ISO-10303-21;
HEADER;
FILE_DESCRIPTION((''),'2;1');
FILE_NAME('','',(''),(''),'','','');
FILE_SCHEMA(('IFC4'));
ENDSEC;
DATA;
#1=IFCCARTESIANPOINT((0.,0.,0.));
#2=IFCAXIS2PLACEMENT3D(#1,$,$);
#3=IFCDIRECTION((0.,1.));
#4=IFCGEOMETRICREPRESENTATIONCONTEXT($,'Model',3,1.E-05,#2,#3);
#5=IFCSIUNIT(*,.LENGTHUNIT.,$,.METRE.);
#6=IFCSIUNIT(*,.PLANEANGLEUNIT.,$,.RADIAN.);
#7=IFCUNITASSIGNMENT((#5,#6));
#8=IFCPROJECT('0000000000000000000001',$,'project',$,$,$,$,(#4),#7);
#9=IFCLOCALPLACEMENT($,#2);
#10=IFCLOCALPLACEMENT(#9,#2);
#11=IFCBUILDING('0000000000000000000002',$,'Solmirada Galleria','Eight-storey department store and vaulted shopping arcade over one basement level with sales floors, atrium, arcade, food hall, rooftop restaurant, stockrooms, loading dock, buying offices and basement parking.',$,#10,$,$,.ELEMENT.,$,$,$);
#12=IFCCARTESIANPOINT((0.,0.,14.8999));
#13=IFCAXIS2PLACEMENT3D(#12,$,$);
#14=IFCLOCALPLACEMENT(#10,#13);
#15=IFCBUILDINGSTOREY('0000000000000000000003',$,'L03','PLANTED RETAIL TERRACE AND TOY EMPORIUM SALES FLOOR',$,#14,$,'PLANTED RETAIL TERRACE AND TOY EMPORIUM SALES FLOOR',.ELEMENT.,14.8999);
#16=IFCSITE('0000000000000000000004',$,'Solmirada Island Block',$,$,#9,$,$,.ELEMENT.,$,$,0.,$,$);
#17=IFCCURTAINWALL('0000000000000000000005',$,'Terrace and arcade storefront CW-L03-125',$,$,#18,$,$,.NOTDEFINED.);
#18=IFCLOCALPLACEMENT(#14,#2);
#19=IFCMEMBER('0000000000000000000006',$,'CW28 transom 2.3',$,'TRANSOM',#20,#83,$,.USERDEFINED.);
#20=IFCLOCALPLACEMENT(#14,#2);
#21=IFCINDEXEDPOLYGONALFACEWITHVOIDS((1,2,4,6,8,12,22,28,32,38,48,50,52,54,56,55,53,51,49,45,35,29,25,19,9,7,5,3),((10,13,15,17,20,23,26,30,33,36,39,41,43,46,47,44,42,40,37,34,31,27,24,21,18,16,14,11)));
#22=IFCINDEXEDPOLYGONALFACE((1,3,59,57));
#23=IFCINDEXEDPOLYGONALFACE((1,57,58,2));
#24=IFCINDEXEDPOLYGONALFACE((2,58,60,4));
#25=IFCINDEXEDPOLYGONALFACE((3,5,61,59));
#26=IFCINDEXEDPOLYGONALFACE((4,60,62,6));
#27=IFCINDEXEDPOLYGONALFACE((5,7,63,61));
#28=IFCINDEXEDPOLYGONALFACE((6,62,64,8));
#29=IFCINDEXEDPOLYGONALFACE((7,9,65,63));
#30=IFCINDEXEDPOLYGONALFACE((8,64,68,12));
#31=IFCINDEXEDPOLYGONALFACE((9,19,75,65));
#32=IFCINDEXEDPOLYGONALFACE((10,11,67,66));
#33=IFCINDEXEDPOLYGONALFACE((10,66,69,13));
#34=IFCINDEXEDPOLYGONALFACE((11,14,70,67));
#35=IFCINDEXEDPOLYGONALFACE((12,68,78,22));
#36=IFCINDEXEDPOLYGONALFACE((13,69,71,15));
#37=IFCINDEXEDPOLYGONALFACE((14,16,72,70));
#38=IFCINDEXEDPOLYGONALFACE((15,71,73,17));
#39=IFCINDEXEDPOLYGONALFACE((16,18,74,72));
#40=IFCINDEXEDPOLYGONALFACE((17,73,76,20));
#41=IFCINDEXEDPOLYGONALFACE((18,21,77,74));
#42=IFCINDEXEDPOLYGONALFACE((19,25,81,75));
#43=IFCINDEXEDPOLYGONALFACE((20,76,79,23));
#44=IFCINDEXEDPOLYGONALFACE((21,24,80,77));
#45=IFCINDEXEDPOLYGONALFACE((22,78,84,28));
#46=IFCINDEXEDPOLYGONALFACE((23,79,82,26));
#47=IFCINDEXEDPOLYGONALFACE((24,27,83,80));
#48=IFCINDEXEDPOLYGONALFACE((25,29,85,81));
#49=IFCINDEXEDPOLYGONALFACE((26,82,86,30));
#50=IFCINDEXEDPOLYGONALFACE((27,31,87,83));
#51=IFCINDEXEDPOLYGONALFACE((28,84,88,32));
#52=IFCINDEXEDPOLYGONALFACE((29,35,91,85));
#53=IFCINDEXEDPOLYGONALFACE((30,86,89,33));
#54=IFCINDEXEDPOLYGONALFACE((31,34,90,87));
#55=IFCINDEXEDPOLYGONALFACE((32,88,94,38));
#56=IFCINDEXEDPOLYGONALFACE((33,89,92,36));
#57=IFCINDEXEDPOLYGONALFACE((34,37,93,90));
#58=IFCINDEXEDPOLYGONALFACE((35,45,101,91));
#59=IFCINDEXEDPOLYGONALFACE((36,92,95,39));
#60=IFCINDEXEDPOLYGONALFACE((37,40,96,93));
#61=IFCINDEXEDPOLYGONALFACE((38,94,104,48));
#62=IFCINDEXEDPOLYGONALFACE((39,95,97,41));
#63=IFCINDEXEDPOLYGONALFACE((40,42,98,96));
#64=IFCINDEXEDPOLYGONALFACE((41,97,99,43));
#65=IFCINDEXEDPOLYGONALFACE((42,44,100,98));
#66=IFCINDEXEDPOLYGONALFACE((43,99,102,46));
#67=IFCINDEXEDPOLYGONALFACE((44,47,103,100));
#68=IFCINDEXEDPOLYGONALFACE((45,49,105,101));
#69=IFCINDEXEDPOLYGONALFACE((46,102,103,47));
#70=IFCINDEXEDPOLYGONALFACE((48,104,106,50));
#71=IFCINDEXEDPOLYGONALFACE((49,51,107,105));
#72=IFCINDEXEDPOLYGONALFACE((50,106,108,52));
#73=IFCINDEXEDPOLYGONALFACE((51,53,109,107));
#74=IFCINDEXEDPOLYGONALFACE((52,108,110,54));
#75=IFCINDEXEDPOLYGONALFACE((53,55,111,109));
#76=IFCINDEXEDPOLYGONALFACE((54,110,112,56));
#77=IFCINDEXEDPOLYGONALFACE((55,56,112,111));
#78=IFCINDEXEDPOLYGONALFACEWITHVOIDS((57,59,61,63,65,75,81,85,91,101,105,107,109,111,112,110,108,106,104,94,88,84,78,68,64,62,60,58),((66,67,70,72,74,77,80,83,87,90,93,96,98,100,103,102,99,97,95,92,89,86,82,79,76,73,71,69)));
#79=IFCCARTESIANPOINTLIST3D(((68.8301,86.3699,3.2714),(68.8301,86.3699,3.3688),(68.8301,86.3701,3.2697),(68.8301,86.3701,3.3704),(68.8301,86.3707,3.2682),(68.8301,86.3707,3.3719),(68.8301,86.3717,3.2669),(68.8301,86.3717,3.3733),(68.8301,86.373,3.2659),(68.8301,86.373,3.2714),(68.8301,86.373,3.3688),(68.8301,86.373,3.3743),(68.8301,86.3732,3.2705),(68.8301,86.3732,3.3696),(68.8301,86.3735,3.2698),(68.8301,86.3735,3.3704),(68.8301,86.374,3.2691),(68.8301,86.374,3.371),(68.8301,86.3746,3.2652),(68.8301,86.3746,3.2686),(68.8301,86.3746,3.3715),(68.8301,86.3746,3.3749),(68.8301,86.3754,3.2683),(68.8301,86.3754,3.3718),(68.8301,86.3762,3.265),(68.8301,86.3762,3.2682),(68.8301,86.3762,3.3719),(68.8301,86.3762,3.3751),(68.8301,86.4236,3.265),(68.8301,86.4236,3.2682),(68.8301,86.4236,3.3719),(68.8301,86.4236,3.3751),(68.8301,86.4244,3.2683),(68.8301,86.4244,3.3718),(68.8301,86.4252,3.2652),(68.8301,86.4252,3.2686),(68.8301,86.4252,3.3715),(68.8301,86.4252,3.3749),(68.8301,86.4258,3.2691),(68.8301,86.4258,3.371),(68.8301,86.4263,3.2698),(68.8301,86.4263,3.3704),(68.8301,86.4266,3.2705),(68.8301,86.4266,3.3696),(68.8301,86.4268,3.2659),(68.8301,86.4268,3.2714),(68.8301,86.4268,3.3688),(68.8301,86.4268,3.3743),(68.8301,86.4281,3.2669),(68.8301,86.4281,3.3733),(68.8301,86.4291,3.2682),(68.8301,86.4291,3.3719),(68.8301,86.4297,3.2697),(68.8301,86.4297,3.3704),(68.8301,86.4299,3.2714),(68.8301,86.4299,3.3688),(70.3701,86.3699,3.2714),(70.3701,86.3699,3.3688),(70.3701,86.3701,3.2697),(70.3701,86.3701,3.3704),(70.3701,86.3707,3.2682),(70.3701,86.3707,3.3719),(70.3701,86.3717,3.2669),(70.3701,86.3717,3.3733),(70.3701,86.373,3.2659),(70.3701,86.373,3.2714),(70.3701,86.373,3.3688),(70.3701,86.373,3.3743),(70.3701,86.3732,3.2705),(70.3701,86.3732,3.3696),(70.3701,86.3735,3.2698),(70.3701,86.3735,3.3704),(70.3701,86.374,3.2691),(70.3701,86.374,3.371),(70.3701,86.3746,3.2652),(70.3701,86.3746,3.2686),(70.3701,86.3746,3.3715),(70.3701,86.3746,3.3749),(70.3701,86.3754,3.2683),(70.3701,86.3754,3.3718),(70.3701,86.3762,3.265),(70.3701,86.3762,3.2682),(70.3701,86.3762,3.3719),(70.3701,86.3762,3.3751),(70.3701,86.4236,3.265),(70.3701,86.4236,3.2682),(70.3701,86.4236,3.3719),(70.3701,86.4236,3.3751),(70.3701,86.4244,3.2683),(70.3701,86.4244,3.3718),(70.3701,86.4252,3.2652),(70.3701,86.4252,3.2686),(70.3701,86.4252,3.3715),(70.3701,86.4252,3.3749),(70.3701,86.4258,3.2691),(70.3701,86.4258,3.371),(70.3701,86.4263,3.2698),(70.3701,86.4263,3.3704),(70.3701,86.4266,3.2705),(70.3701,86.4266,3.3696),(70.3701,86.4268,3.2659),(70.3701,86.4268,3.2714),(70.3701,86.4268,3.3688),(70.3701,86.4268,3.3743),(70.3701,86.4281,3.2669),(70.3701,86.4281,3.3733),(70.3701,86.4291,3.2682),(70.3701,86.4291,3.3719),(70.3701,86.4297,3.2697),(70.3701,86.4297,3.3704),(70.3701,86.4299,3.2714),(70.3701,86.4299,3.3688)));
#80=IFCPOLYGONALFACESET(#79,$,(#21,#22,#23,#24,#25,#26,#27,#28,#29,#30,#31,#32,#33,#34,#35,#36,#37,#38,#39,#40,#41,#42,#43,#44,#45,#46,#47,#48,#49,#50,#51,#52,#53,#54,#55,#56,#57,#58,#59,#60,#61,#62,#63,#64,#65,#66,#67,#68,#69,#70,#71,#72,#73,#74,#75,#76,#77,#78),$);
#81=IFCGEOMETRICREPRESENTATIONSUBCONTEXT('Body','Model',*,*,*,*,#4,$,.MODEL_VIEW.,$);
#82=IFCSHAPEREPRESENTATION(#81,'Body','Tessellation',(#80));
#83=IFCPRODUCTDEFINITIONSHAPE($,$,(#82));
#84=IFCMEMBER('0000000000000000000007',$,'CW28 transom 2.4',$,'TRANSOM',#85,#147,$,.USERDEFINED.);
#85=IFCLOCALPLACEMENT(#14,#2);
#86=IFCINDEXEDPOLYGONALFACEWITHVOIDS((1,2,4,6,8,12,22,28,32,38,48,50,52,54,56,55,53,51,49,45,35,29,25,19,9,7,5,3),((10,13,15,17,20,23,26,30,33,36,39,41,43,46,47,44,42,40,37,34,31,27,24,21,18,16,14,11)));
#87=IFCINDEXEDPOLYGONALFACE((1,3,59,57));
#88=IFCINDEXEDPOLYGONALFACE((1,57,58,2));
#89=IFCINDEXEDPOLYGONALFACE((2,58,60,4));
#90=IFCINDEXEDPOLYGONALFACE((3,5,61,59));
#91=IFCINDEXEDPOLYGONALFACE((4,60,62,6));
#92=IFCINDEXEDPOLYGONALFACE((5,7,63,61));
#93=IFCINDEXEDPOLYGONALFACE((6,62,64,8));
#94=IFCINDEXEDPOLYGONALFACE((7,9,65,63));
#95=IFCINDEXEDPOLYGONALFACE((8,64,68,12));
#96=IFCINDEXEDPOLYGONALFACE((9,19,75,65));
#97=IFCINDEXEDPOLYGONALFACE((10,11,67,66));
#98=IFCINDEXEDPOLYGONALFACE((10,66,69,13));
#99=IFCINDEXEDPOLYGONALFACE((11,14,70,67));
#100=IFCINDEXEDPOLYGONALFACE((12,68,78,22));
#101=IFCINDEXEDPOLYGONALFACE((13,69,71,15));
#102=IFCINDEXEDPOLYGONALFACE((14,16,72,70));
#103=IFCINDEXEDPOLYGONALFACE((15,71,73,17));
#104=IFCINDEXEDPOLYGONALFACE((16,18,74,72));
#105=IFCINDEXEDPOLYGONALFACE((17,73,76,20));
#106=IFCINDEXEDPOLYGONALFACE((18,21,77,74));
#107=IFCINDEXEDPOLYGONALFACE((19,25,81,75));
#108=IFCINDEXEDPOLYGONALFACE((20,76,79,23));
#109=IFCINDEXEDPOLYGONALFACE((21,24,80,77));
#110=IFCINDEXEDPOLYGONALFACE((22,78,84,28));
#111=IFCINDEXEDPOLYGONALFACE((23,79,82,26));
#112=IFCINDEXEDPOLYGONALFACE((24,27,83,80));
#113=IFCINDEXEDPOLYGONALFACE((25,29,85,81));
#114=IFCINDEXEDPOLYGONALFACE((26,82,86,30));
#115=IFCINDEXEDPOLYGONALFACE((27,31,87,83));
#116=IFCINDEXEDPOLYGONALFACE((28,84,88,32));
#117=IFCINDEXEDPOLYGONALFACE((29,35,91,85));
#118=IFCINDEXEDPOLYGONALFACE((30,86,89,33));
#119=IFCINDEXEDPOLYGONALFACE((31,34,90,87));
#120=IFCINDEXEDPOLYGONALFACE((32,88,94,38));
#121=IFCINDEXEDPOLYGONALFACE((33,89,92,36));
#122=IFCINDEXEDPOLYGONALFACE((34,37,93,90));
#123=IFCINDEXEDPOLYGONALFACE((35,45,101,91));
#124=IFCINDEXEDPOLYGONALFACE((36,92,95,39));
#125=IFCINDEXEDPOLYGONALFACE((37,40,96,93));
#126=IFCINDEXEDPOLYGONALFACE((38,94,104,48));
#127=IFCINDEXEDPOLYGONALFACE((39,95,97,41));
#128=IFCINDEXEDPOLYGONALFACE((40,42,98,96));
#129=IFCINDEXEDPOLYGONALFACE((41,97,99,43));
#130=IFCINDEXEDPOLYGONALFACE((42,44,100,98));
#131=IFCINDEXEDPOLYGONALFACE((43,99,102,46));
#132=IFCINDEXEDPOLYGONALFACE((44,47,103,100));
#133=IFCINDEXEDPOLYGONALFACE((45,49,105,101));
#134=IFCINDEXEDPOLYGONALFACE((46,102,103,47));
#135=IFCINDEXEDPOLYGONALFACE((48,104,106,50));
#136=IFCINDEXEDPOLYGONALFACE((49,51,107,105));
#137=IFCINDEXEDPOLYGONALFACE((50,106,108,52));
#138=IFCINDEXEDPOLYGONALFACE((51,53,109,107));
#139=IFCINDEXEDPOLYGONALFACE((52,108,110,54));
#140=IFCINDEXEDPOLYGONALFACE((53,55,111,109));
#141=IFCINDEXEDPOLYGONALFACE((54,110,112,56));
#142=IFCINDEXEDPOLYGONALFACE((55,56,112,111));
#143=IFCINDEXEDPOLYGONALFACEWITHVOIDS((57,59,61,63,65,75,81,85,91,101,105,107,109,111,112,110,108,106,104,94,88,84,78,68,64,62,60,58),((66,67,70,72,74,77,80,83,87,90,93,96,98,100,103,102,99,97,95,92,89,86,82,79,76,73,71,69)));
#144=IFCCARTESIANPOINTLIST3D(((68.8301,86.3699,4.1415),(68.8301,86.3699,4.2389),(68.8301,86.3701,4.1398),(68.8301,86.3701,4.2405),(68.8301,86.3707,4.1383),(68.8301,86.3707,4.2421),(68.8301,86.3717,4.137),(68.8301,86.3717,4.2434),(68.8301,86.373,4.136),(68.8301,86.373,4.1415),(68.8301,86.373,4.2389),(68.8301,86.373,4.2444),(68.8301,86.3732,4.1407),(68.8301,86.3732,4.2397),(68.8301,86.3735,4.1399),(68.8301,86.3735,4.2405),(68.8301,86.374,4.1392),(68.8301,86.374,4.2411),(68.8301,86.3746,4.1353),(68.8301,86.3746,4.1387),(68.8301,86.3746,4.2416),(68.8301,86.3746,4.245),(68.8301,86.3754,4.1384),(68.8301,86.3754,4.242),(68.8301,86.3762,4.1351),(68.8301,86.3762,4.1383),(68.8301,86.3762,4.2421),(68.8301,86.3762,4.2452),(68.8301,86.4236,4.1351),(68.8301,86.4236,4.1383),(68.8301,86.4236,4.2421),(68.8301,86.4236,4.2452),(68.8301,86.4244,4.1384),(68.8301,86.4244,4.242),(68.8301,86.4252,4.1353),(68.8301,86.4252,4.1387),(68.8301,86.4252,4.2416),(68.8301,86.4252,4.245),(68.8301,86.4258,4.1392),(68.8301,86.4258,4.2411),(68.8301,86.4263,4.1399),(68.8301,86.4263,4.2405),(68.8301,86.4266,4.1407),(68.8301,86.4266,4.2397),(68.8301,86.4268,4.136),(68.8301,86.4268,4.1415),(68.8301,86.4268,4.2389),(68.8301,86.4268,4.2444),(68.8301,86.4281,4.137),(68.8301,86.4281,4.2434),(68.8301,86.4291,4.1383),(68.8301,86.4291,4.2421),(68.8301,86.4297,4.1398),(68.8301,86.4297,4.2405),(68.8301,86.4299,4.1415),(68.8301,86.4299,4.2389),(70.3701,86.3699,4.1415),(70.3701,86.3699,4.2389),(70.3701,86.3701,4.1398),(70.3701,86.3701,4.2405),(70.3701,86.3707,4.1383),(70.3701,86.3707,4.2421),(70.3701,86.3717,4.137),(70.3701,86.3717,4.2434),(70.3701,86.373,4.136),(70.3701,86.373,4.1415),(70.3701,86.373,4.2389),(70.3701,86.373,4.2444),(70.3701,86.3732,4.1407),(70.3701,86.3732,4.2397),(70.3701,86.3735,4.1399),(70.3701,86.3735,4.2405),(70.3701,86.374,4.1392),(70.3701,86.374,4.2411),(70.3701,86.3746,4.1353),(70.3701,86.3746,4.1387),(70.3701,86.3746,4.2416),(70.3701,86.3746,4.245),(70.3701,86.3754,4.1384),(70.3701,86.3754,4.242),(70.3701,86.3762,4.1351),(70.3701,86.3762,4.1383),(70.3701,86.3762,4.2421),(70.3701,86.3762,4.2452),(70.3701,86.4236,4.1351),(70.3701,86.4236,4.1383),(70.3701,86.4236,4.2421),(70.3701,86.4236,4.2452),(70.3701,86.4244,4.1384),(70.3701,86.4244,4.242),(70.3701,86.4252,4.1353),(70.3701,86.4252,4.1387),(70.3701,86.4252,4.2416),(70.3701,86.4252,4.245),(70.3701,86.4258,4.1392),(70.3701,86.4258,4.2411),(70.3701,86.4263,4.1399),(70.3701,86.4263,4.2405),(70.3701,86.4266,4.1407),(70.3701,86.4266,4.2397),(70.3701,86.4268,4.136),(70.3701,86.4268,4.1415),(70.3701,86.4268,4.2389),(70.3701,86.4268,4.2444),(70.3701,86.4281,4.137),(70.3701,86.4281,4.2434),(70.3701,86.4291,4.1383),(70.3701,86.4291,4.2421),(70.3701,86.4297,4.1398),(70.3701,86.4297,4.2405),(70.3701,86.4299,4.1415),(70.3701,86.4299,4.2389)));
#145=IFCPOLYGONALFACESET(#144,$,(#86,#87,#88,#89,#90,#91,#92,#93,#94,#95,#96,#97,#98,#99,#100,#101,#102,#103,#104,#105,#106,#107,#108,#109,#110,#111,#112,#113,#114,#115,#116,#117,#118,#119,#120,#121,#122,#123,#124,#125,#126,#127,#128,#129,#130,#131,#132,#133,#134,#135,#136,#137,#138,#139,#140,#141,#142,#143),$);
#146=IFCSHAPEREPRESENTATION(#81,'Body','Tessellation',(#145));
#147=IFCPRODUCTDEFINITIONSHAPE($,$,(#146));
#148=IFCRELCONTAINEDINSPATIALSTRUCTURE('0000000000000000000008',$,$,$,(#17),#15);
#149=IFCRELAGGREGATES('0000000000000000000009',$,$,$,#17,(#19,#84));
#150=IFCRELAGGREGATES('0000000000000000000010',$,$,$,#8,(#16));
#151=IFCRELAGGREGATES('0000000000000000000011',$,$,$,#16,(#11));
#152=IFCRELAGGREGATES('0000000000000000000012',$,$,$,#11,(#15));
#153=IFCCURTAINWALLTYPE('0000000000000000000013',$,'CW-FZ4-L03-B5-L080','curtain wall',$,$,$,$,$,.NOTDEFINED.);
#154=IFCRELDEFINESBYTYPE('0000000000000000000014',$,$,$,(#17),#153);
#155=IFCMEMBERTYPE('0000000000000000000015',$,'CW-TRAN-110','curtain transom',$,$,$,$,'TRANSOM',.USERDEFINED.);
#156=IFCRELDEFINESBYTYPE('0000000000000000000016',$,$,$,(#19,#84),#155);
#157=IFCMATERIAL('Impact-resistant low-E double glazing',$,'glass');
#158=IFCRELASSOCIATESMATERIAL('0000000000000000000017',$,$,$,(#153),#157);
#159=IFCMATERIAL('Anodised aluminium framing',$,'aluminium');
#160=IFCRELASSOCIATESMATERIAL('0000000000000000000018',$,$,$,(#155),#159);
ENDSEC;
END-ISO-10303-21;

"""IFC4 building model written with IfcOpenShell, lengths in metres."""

from ifc_helpers import new_model, si_unit, direction, frame, origin, origin_2d, place, context, subcontext, project, spatial, hollow_rectangle, extrude, material, material_profile, profile_set, type_object, element, aggregate, save


model = new_model("IFC4")

# Units and contexts
model_context = context("Model", 3, precision=1e-05, world=origin(), true_north=direction((0.0, 1.0)))
body_context = subcontext(model_context, "Body", "Model", "MODEL_VIEW")
ifc_project = project(units=[si_unit("LENGTHUNIT", "METRE"), si_unit("PLANEANGLEUNIT", "RADIAN")], contexts=[model_context])

# Site, building, storey
site_placement = place(None, origin())
site = spatial("IfcSite", under=ifc_project, at=site_placement, Name="Solmirada Island Block", CompositionType="ELEMENT", RefElevation=0.0)
building_placement = place(site_placement, origin())
building = spatial("IfcBuilding", under=site, at=building_placement, Name="Solmirada Galleria", Description="Eight-storey department store and vaulted shopping arcade over one basement level with sales floors, atrium, arcade, food hall, rooftop restaurant, stockrooms, loading dock, buying offices and basement parking.", CompositionType="ELEMENT")
storey_placement = place(building_placement, frame((0.0, 0.0, 14.8999)))
storey = spatial("IfcBuildingStorey", under=building, at=storey_placement, Name="L03", Description="PLANTED RETAIL TERRACE AND TOY EMPORIUM SALES FLOOR", LongName="PLANTED RETAIL TERRACE AND TOY EMPORIUM SALES FLOOR", CompositionType="ELEMENT", Elevation=14.8999)

# Curtain wall
ifc_material_1 = material(Name="Impact-resistant low-E double glazing", Category="glass")
curtain_wall_type = type_object("IfcCurtainWallType", Name="CW-FZ4-L03-B5-L080", Description="curtain wall", PredefinedType="NOTDEFINED", material=ifc_material_1)
ifc_material_2 = material(Name="Anodised aluminium framing", Category="aluminium")
curtain_wall_1_placement = place(storey_placement, origin())
curtain_wall_1 = element("IfcCurtainWall", 1, at=curtain_wall_1_placement, inside=storey, type_object=curtain_wall_type, Name="Terrace and arcade storefront CW-L03-125", PredefinedType="NOTDEFINED")

# Members
ifc_material_profile_1 = material_profile(ifc_material_2, hollow_rectangle(XDim=0.0601, YDim=0.1101, WallThickness=0.0032, InnerFilletRadius=0.0032, OuterFilletRadius=0.0063, at=origin_2d()), Name="ALU-TRAN-110X60")
ifc_profile_set_1 = profile_set([ifc_material_profile_1], Name="Anodised aluminium framing")
member_type_1 = type_object("IfcMemberType", Name="CW-TRAN-110", Description="curtain transom", ElementType="TRANSOM", PredefinedType="USERDEFINED", material=ifc_profile_set_1)
member_1_placement = place(storey_placement, frame((70.3701, 86.3999, 3.3201), z_axis=(-1.0, 0.0, 0.0), x_axis=(0.0, -1.0, 0.0)))
member_1 = element("IfcMember", 2, at=member_1_placement, type_object=member_type_1, Name="CW28 transom 2.3", ObjectType="TRANSOM", PredefinedType="USERDEFINED", context=body_context, shape_type="SweptSolid", body=[
    extrude(hollow_rectangle(XDim=0.0601, YDim=0.1101, WallThickness=0.0032, InnerFilletRadius=0.0032, OuterFilletRadius=0.0063, at=origin_2d()), origin(), (0.0, 0.0, 1.0), 1.54),
])
member_2_placement = place(storey_placement, frame((70.3701, 86.3999, 4.1902), z_axis=(-1.0, 0.0, 0.0), x_axis=(0.0, -1.0, 0.0)))
member_2 = element("IfcMember", 3, at=member_2_placement, type_object=member_type_1, Name="CW28 transom 2.4", ObjectType="TRANSOM", PredefinedType="USERDEFINED", context=body_context, shape_type="SweptSolid", body=[
    extrude(hollow_rectangle(XDim=0.0601, YDim=0.1101, WallThickness=0.0032, InnerFilletRadius=0.0032, OuterFilletRadius=0.0063, at=origin_2d()), origin(), (0.0, 0.0, 1.0), 1.54),
])

aggregate(curtain_wall_1, [member_1, member_2])

save(model, "model.ifc")
